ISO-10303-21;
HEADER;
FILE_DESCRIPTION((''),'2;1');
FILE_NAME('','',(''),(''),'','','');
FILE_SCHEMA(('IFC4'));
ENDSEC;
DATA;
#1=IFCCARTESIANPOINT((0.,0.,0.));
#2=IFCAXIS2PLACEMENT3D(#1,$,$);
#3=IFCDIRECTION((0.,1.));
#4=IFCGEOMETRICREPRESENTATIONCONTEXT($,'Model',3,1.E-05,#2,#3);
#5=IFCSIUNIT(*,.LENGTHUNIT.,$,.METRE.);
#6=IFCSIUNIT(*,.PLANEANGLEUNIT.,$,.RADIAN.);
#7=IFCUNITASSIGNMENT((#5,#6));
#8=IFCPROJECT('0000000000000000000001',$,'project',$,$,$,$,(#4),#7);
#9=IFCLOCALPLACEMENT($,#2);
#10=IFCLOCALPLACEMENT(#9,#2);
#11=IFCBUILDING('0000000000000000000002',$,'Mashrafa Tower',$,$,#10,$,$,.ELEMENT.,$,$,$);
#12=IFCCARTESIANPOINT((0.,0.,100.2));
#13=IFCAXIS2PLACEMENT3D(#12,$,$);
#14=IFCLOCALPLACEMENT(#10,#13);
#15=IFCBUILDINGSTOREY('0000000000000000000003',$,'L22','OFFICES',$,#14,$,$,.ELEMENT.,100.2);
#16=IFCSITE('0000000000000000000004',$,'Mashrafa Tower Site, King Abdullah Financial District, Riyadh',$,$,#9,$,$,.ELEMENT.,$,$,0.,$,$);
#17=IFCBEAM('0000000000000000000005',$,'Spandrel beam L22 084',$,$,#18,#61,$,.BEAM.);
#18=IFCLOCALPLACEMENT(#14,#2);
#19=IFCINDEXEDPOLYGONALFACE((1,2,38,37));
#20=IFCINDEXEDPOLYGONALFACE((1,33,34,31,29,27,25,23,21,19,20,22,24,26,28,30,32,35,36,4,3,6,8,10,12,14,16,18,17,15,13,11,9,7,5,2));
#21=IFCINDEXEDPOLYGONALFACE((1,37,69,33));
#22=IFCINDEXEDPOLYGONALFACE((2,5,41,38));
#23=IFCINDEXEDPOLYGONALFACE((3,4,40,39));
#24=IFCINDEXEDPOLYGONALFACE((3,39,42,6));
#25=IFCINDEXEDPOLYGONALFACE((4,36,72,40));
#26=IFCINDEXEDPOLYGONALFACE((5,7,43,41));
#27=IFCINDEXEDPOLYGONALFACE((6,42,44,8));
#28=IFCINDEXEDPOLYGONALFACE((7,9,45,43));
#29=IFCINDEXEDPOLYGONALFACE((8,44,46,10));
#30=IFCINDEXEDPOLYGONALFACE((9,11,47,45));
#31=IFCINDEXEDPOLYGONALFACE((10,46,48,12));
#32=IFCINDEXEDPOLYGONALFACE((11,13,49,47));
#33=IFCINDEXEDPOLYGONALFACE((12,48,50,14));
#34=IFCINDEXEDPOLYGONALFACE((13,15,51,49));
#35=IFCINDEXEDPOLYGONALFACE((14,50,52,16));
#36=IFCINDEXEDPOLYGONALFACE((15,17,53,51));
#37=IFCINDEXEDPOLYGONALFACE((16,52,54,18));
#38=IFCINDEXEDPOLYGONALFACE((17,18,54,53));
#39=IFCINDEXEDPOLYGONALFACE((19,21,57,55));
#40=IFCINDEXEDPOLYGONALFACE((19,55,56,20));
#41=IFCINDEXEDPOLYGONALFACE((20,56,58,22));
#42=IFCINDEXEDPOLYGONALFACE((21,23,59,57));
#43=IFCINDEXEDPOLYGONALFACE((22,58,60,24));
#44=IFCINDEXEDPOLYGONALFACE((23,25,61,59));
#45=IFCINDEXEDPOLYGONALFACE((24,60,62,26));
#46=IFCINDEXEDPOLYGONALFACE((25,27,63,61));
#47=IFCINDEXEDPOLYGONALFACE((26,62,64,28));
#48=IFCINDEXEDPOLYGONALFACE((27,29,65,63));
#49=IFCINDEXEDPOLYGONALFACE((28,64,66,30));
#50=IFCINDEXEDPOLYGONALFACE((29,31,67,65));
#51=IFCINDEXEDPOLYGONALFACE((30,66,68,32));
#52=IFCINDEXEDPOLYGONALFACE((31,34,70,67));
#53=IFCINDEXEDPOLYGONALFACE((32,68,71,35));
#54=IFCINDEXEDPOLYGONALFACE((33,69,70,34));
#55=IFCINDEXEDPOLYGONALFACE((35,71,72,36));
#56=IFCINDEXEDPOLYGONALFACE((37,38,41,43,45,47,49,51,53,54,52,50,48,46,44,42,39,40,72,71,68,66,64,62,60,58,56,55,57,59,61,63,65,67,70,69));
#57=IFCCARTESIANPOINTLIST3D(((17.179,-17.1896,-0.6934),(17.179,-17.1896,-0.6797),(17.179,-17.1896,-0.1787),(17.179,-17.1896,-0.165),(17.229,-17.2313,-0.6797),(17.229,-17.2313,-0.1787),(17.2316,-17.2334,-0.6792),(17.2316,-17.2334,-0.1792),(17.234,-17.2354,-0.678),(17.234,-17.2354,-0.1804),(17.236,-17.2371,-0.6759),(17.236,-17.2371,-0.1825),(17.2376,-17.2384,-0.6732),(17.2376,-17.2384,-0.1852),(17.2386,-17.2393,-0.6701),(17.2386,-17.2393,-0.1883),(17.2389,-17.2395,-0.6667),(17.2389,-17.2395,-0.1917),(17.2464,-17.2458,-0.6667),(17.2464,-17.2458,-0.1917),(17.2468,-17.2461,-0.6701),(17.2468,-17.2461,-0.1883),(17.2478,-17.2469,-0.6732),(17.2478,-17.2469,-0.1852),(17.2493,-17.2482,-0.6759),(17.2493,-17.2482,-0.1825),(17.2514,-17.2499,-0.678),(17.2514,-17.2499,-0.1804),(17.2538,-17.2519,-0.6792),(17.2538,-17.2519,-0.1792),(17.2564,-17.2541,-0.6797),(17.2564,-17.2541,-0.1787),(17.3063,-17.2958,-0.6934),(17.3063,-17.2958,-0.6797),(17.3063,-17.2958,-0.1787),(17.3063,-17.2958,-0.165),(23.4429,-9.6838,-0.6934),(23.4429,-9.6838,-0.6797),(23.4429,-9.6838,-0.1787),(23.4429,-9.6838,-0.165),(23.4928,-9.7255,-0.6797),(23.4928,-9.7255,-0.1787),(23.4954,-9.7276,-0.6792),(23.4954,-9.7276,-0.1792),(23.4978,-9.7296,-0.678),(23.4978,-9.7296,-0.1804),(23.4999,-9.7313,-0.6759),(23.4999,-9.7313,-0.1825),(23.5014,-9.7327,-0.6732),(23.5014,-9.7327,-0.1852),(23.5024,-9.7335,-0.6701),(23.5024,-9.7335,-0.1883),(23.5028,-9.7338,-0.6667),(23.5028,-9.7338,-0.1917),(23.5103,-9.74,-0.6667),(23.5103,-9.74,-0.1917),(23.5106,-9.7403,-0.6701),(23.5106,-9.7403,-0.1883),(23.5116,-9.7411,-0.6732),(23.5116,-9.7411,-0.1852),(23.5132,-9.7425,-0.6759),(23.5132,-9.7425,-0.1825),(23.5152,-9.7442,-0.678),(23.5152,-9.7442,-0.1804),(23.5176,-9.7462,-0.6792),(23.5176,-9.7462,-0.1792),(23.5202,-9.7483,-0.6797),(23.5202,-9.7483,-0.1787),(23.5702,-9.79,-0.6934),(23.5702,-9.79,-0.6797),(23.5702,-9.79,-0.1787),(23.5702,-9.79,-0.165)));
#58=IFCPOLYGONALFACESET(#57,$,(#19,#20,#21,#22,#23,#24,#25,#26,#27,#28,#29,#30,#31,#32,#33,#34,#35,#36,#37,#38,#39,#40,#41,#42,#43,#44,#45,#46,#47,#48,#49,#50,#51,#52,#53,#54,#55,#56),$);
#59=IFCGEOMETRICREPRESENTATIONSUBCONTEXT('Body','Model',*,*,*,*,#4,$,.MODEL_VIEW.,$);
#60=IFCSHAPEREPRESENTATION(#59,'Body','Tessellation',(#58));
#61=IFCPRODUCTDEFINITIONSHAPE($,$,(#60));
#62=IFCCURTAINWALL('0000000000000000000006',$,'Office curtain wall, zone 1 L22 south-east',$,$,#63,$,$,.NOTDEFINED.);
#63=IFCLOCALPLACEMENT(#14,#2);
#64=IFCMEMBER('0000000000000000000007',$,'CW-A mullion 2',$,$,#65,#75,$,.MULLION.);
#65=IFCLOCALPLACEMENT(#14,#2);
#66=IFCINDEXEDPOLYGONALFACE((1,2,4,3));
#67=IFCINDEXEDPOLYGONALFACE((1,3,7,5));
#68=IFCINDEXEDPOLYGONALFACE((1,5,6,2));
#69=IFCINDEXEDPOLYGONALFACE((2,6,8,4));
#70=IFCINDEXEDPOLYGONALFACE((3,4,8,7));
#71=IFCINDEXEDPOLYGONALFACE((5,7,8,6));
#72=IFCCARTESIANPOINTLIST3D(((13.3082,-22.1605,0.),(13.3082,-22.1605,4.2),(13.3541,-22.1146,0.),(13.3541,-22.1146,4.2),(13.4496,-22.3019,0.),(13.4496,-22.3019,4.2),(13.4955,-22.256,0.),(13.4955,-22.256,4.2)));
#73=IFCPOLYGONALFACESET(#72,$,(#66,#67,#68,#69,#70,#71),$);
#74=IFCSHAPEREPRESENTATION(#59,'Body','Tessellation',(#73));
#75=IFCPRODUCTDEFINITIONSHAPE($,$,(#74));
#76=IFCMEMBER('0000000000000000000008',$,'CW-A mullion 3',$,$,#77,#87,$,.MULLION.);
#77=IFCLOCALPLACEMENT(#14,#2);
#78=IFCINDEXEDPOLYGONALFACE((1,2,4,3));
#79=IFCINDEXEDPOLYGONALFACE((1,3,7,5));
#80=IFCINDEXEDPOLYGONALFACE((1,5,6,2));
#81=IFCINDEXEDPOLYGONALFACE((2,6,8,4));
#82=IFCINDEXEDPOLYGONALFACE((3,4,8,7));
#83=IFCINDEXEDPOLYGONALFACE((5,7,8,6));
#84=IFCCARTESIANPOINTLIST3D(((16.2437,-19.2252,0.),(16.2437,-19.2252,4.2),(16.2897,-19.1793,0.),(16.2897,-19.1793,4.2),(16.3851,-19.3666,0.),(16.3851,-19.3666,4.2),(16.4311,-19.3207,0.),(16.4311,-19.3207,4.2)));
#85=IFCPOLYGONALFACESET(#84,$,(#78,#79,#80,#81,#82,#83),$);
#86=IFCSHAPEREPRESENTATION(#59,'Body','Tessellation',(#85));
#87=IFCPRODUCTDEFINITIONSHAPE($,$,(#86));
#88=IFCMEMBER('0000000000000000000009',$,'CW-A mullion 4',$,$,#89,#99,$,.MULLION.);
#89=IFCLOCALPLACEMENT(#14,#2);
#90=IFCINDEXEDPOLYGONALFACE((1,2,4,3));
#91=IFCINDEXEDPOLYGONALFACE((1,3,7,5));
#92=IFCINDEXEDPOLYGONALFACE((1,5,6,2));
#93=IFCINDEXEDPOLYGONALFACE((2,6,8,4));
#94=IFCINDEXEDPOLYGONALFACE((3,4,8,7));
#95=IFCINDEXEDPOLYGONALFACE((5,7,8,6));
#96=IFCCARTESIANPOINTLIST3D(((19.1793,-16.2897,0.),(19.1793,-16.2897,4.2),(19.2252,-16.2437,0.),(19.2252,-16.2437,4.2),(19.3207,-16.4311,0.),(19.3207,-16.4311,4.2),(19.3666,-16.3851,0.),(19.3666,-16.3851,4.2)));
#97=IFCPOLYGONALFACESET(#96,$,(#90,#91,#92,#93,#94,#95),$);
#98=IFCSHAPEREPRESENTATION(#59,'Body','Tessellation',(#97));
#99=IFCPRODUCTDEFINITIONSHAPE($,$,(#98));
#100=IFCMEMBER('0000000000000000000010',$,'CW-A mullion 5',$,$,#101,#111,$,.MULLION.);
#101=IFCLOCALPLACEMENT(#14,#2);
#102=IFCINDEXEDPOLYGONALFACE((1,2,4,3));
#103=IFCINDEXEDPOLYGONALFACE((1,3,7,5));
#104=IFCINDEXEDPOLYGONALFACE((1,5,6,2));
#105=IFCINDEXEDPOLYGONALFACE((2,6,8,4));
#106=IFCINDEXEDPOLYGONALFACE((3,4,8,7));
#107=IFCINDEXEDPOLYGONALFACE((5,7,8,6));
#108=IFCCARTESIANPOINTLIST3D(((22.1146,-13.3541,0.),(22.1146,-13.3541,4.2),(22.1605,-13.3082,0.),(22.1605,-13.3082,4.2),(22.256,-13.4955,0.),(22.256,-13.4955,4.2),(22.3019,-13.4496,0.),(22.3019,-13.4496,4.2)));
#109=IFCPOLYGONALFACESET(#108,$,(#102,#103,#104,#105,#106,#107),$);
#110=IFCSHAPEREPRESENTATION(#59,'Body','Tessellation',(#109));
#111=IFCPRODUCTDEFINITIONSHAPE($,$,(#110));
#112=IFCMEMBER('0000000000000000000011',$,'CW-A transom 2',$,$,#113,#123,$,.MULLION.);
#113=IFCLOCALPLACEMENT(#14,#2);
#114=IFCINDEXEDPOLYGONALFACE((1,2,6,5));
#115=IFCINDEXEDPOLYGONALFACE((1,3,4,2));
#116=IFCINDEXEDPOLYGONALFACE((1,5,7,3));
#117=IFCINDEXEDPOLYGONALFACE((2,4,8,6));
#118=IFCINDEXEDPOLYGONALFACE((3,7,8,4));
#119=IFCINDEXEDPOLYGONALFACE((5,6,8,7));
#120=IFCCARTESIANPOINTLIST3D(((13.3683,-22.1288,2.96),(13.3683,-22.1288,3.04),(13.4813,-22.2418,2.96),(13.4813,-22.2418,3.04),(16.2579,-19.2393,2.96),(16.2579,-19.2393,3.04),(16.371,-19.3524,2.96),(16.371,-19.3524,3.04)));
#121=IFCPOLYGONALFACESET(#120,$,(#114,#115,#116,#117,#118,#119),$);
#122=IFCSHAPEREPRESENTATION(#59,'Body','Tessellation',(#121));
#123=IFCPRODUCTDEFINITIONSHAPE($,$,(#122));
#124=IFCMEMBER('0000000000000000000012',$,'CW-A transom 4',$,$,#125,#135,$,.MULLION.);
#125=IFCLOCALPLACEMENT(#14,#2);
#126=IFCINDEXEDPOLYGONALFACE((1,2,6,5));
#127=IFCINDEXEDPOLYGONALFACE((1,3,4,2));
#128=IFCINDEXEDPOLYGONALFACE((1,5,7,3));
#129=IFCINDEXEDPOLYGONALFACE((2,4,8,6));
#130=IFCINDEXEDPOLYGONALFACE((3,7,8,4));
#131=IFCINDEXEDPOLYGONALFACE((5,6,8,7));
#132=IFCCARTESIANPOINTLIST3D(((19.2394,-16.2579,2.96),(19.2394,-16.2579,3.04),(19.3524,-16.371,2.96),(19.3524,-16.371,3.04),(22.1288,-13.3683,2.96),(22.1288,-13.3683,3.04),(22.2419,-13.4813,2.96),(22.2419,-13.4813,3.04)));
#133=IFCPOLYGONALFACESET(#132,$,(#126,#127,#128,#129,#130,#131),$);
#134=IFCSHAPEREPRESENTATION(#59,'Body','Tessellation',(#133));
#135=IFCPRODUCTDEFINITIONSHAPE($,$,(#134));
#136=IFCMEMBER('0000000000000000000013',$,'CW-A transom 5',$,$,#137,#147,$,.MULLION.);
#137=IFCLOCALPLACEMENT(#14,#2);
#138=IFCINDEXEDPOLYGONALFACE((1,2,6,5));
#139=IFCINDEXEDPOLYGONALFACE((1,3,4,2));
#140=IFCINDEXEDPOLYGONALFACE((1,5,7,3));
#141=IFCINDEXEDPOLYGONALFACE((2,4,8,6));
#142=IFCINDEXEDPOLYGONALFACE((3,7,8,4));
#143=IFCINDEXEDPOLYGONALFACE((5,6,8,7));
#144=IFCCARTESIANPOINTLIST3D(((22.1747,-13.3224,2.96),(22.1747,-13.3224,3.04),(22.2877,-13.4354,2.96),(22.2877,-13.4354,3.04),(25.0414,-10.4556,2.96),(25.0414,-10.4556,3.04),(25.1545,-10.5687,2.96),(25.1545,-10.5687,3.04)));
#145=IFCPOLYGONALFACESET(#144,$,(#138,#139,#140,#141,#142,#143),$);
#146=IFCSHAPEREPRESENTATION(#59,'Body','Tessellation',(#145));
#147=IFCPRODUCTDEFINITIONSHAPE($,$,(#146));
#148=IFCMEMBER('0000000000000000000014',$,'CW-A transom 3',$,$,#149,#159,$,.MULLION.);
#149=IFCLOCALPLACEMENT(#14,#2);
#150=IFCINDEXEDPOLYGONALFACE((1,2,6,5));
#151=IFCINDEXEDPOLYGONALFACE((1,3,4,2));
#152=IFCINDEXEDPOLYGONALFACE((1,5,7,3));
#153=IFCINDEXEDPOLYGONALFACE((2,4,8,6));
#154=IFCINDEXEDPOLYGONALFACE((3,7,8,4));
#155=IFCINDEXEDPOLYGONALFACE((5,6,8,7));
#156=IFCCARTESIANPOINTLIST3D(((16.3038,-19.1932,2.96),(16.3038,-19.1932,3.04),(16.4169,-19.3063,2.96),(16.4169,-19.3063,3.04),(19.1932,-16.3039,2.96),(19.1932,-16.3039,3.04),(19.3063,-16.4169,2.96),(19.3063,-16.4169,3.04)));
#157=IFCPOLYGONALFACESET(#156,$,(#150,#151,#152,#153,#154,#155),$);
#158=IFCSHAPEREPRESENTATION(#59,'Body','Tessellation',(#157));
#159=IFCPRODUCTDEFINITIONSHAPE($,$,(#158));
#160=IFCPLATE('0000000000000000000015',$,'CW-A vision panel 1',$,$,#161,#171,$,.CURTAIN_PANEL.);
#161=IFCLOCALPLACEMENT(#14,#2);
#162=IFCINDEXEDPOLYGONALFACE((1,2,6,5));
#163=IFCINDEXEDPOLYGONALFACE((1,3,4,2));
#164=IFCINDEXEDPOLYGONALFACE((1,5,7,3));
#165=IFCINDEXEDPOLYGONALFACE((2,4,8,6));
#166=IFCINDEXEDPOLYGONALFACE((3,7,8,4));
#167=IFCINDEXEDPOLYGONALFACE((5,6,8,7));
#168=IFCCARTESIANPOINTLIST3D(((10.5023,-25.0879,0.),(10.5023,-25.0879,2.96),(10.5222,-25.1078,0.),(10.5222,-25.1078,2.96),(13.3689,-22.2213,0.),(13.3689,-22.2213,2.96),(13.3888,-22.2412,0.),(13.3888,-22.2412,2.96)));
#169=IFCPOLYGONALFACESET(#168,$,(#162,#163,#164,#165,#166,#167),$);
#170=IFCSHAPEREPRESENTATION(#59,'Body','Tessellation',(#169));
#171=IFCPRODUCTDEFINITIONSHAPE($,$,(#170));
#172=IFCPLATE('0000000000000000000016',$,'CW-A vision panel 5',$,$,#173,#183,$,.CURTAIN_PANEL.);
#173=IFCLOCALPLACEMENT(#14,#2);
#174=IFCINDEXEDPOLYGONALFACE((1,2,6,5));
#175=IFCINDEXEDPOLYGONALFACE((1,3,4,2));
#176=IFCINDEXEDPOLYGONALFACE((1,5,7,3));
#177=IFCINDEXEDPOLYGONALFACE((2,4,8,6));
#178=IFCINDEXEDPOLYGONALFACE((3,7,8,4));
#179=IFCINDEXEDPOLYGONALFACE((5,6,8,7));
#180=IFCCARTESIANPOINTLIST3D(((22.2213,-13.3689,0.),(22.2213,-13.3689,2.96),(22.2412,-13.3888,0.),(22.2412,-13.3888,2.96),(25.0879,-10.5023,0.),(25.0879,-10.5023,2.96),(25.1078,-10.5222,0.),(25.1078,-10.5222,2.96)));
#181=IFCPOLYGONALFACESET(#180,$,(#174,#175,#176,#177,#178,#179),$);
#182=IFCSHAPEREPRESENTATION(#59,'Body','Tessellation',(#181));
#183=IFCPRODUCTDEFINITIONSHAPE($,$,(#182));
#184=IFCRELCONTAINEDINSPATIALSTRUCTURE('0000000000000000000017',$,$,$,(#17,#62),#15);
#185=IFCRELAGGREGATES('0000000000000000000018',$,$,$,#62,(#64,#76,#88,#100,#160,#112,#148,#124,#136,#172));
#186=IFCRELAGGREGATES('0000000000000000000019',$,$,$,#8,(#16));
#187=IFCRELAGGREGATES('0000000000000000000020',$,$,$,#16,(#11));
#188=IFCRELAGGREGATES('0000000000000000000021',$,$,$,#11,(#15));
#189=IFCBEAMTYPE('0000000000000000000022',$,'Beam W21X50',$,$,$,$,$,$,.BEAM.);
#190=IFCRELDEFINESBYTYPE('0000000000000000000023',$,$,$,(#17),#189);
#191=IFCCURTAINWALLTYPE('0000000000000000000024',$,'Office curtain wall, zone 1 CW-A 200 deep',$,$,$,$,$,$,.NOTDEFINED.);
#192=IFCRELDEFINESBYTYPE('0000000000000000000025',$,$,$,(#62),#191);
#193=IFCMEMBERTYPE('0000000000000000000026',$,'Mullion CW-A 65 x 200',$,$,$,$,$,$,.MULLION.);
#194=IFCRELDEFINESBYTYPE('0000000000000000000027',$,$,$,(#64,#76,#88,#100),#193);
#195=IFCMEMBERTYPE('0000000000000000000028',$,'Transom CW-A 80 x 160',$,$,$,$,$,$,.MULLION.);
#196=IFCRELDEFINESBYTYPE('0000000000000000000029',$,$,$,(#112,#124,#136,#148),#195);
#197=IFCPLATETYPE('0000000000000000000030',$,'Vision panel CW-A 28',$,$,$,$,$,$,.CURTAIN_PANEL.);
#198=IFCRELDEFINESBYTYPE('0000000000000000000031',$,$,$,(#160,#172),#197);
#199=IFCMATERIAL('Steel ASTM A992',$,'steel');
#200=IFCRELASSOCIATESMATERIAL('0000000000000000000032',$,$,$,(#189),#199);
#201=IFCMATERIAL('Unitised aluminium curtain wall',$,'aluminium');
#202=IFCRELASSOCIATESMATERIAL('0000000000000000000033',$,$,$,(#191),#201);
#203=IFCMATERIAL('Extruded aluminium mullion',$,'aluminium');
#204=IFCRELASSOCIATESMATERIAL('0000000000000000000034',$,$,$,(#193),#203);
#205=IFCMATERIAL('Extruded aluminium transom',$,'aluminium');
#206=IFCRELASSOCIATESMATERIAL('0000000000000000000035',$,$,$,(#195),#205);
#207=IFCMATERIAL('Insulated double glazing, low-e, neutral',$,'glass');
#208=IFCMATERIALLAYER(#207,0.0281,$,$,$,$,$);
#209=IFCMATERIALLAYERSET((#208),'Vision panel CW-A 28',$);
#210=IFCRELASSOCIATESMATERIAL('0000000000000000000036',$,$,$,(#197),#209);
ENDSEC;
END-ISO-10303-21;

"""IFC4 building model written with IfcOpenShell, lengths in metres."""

from ifc_helpers import new_model, si_unit, direction, frame, origin, origin_2d, place, context, subcontext, project, spatial, rectangle, i_section, extrude, source, transform, mapped, material, layer, layer_set, material_profile, profile_set, type_object, type_shapes, element, aggregate, save


model = new_model("IFC4")

# Units and contexts
model_context = context("Model", 3, precision=1e-05, world=origin(), true_north=direction((0.0, 1.0)))
body_context = subcontext(model_context, "Body", "Model", "MODEL_VIEW")
ifc_project = project(units=[si_unit("LENGTHUNIT", "METRE"), si_unit("PLANEANGLEUNIT", "RADIAN")], contexts=[model_context])

# Site, building, storey
site_placement = place(None, origin())
site = spatial("IfcSite", under=ifc_project, at=site_placement, Name="Mashrafa Tower Site, King Abdullah Financial District, Riyadh", CompositionType="ELEMENT", RefElevation=0.0)
building_placement = place(site_placement, origin())
building = spatial("IfcBuilding", under=site, at=building_placement, Name="Mashrafa Tower", CompositionType="ELEMENT")
storey_placement = place(building_placement, frame((0.0, 0.0, 100.2)))
storey = spatial("IfcBuildingStorey", under=building, at=storey_placement, Name="L22", Description="OFFICES", CompositionType="ELEMENT", Elevation=100.2)

# Beam
ifc_material_1 = material(Name="Steel ASTM A992", Category="steel")
ifc_material_profile_1 = material_profile(ifc_material_1, i_section(OverallWidth=0.1658, OverallDepth=0.5283, WebThickness=0.0098, FlangeThickness=0.0137, FilletRadius=0.0129, at=origin_2d()), Name="W21X50")
ifc_profile_set_1 = profile_set([ifc_material_profile_1], Name="Steel ASTM A992")
beam_type_1 = type_object("IfcBeamType", Name="Beam W21X50", PredefinedType="BEAM", material=ifc_profile_set_1)
beam_1_placement = place(storey_placement, frame((17.2427, -17.2427, -0.4292), z_axis=(0.64073, 0.767767, 0.0), x_axis=(-0.767767, 0.64073, 0.0)))
element("IfcBeam", 1, at=beam_1_placement, inside=storey, type_object=beam_type_1, Name="Spandrel beam L22 084", PredefinedType="BEAM", context=body_context, shape_type="SweptSolid", body=[
    extrude(i_section(OverallWidth=0.1658, OverallDepth=0.5283, WebThickness=0.0098, FlangeThickness=0.0137, FilletRadius=0.0129, at=origin_2d()), origin(), (0.0, 0.0, 1.0), 9.7761),
])

# Curtain wall, members, plates
ifc_material_2 = material(Name="Unitised aluminium curtain wall", Category="aluminium")
curtain_wall_type = type_object("IfcCurtainWallType", Name="Office curtain wall, zone 1 CW-A 200 deep", PredefinedType="NOTDEFINED", material=ifc_material_2)
curtain_wall_placement = place(storey_placement, origin())
curtain_wall = element("IfcCurtainWall", 2, at=curtain_wall_placement, inside=storey, type_object=curtain_wall_type, Name="Office curtain wall, zone 1 L22 south-east", PredefinedType="NOTDEFINED")
ifc_material_3 = material(Name="Extruded aluminium mullion", Category="aluminium")
ifc_material_profile_2 = material_profile(ifc_material_3, rectangle(XDim=0.2, YDim=0.0649, at=origin_2d()), Name="Mullion 65x200")
ifc_profile_set_2 = profile_set([ifc_material_profile_2], Name="Extruded aluminium mullion")
member_type_1 = type_object("IfcMemberType", Name="Mullion CW-A 65 x 200", PredefinedType="MULLION", material=ifc_profile_set_2)
shared_shape_1 = source(origin(), body_context, "Body", "SweptSolid", [
    extrude(rectangle(XDim=0.2, YDim=0.0649, at=origin_2d()), origin(), (0.0, 0.0, 1.0), 4.2),
])
type_shapes(member_type_1, [shared_shape_1])
member_1_placement = place(storey_placement, frame((13.4019, -22.2083, 0.0), z_axis=(0.0, 0.0, 1.0), x_axis=(-0.707107, 0.707107, 0.0)))
member_1 = element("IfcMember", 3, at=member_1_placement, type_object=member_type_1, Name="CW-A mullion 2", PredefinedType="MULLION", context=body_context, shape_type="MappedRepresentation", body=[
    mapped(shared_shape_1, transform((0.0, 0.0, 0.0))),
])
member_2_placement = place(storey_placement, frame((16.3374, -19.2729, 0.0), z_axis=(0.0, 0.0, 1.0), x_axis=(-0.707107, 0.707107, 0.0)))
member_2 = element("IfcMember", 4, at=member_2_placement, type_object=member_type_1, Name="CW-A mullion 3", PredefinedType="MULLION", context=body_context, shape_type="MappedRepresentation", body=[
    mapped(shared_shape_1, transform((0.0, 0.0, 0.0))),
])
member_3_placement = place(storey_placement, frame((19.2729, -16.3374, 0.0), z_axis=(0.0, 0.0, 1.0), x_axis=(-0.707107, 0.707107, 0.0)))
member_3 = element("IfcMember", 5, at=member_3_placement, type_object=member_type_1, Name="CW-A mullion 4", PredefinedType="MULLION", context=body_context, shape_type="MappedRepresentation", body=[
    mapped(shared_shape_1, transform((0.0, 0.0, 0.0))),
])
member_4_placement = place(storey_placement, frame((22.2083, -13.4019, 0.0), z_axis=(0.0, 0.0, 1.0), x_axis=(-0.707107, 0.707107, 0.0)))
member_4 = element("IfcMember", 6, at=member_4_placement, type_object=member_type_1, Name="CW-A mullion 5", PredefinedType="MULLION", context=body_context, shape_type="MappedRepresentation", body=[
    mapped(shared_shape_1, transform((0.0, 0.0, 0.0))),
])
ifc_material_4 = material(Name="Extruded aluminium transom", Category="aluminium")
ifc_material_profile_3 = material_profile(ifc_material_4, rectangle(XDim=0.1599, YDim=0.0801, at=origin_2d()), Name="Transom 80x160")
ifc_profile_set_3 = profile_set([ifc_material_profile_3], Name="Extruded aluminium transom")
member_type_2 = type_object("IfcMemberType", Name="Transom CW-A 80 x 160", PredefinedType="MULLION", material=ifc_profile_set_3)
shared_shape_2 = source(origin(), body_context, "Body", "SweptSolid", [
    extrude(rectangle(XDim=0.1599, YDim=0.0801, at=origin_2d()), origin(), (0.0, 0.0, 1.0), 4.0864),
])
member_5_placement = place(storey_placement, frame((13.4248, -22.1853, 3.0), z_axis=(0.707137, 0.707077, 0.0), x_axis=(-0.707077, 0.707137, 0.0)))
member_5 = element("IfcMember", 7, at=member_5_placement, type_object=member_type_2, Name="CW-A transom 2", PredefinedType="MULLION", context=body_context, shape_type="MappedRepresentation", body=[
    mapped(shared_shape_2, transform((0.0, 0.0, 0.0))),
])
member_6_placement = place(storey_placement, frame((19.2959, -16.3145, 3.0), z_axis=(0.707077, 0.707137, 0.0), x_axis=(-0.707137, 0.707077, 0.0)))
member_6 = element("IfcMember", 8, at=member_6_placement, type_object=member_type_2, Name="CW-A transom 4", PredefinedType="MULLION", context=body_context, shape_type="MappedRepresentation", body=[
    mapped(shared_shape_2, transform((0.0, 0.0, 0.0))),
])
shared_shape_3 = source(origin(), body_context, "Body", "SweptSolid", [
    extrude(rectangle(XDim=0.1599, YDim=0.0801, at=origin_2d()), origin(), (0.0, 0.0, 1.0), 4.0542),
])
member_7_placement = place(storey_placement, frame((22.2312, -13.3789, 3.0), z_axis=(0.707107, 0.707107, 0.0), x_axis=(-0.707107, 0.707107, 0.0)))
member_7 = element("IfcMember", 9, at=member_7_placement, type_object=member_type_2, Name="CW-A transom 5", PredefinedType="MULLION", context=body_context, shape_type="MappedRepresentation", body=[
    mapped(shared_shape_3, transform((0.0, 0.0, 0.0))),
])
shared_shape_4 = source(origin(), body_context, "Body", "SweptSolid", [
    extrude(rectangle(XDim=0.1599, YDim=0.0801, at=origin_2d()), origin(), (0.0, 0.0, 1.0), 4.0862),
])
type_shapes(member_type_2, [shared_shape_2, shared_shape_3, shared_shape_4])
member_8_placement = place(storey_placement, frame((16.3604, -19.2498, 3.0), z_axis=(0.707107, 0.707107, 0.0), x_axis=(-0.707107, 0.707107, 0.0)))
member_8 = element("IfcMember", 10, at=member_8_placement, type_object=member_type_2, Name="CW-A transom 3", PredefinedType="MULLION", context=body_context, shape_type="MappedRepresentation", body=[
    mapped(shared_shape_4, transform((0.0, 0.0, 0.0))),
])
ifc_material_5 = material(Name="Insulated double glazing, low-e, neutral", Category="glass")
ifc_layer_1 = layer(ifc_material_5, 0.0281)
ifc_layer_set_1 = layer_set([ifc_layer_1], Name="Vision panel CW-A 28")
plate_type_1 = type_object("IfcPlateType", Name="Vision panel CW-A 28", PredefinedType="CURTAIN_PANEL", material=ifc_layer_set_1)
shared_shape_5 = source(origin(), body_context, "Body", "SweptSolid", [
    extrude(rectangle(XDim=4.054, YDim=0.0281, at=origin_2d()), origin(), (0.0, 0.0, 1.0), 2.96),
])
plate_1_placement = place(storey_placement, frame((11.9456, -23.6646, 0.0), z_axis=(0.0, 0.0, 1.0), x_axis=(0.707107, 0.707107, 0.0)))
plate_1 = element("IfcPlate", 11, at=plate_1_placement, type_object=plate_type_1, Name="CW-A vision panel 1", PredefinedType="CURTAIN_PANEL", context=body_context, shape_type="MappedRepresentation", body=[
    mapped(shared_shape_5, transform((0.0, 0.0, 0.0))),
])
plate_2_placement = place(storey_placement, frame((23.6646, -11.9456, 0.0), z_axis=(0.0, 0.0, 1.0), x_axis=(0.707107, 0.707107, 0.0)))
plate_2 = element("IfcPlate", 12, at=plate_2_placement, type_object=plate_type_1, Name="CW-A vision panel 5", PredefinedType="CURTAIN_PANEL", context=body_context, shape_type="MappedRepresentation", body=[
    mapped(shared_shape_5, transform((0.0, 0.0, 0.0))),
])
aggregate(curtain_wall, [member_1, member_2, member_3, member_4, plate_1, member_5, member_8, member_6, member_7, plate_2])

save(model, "model.ifc")
